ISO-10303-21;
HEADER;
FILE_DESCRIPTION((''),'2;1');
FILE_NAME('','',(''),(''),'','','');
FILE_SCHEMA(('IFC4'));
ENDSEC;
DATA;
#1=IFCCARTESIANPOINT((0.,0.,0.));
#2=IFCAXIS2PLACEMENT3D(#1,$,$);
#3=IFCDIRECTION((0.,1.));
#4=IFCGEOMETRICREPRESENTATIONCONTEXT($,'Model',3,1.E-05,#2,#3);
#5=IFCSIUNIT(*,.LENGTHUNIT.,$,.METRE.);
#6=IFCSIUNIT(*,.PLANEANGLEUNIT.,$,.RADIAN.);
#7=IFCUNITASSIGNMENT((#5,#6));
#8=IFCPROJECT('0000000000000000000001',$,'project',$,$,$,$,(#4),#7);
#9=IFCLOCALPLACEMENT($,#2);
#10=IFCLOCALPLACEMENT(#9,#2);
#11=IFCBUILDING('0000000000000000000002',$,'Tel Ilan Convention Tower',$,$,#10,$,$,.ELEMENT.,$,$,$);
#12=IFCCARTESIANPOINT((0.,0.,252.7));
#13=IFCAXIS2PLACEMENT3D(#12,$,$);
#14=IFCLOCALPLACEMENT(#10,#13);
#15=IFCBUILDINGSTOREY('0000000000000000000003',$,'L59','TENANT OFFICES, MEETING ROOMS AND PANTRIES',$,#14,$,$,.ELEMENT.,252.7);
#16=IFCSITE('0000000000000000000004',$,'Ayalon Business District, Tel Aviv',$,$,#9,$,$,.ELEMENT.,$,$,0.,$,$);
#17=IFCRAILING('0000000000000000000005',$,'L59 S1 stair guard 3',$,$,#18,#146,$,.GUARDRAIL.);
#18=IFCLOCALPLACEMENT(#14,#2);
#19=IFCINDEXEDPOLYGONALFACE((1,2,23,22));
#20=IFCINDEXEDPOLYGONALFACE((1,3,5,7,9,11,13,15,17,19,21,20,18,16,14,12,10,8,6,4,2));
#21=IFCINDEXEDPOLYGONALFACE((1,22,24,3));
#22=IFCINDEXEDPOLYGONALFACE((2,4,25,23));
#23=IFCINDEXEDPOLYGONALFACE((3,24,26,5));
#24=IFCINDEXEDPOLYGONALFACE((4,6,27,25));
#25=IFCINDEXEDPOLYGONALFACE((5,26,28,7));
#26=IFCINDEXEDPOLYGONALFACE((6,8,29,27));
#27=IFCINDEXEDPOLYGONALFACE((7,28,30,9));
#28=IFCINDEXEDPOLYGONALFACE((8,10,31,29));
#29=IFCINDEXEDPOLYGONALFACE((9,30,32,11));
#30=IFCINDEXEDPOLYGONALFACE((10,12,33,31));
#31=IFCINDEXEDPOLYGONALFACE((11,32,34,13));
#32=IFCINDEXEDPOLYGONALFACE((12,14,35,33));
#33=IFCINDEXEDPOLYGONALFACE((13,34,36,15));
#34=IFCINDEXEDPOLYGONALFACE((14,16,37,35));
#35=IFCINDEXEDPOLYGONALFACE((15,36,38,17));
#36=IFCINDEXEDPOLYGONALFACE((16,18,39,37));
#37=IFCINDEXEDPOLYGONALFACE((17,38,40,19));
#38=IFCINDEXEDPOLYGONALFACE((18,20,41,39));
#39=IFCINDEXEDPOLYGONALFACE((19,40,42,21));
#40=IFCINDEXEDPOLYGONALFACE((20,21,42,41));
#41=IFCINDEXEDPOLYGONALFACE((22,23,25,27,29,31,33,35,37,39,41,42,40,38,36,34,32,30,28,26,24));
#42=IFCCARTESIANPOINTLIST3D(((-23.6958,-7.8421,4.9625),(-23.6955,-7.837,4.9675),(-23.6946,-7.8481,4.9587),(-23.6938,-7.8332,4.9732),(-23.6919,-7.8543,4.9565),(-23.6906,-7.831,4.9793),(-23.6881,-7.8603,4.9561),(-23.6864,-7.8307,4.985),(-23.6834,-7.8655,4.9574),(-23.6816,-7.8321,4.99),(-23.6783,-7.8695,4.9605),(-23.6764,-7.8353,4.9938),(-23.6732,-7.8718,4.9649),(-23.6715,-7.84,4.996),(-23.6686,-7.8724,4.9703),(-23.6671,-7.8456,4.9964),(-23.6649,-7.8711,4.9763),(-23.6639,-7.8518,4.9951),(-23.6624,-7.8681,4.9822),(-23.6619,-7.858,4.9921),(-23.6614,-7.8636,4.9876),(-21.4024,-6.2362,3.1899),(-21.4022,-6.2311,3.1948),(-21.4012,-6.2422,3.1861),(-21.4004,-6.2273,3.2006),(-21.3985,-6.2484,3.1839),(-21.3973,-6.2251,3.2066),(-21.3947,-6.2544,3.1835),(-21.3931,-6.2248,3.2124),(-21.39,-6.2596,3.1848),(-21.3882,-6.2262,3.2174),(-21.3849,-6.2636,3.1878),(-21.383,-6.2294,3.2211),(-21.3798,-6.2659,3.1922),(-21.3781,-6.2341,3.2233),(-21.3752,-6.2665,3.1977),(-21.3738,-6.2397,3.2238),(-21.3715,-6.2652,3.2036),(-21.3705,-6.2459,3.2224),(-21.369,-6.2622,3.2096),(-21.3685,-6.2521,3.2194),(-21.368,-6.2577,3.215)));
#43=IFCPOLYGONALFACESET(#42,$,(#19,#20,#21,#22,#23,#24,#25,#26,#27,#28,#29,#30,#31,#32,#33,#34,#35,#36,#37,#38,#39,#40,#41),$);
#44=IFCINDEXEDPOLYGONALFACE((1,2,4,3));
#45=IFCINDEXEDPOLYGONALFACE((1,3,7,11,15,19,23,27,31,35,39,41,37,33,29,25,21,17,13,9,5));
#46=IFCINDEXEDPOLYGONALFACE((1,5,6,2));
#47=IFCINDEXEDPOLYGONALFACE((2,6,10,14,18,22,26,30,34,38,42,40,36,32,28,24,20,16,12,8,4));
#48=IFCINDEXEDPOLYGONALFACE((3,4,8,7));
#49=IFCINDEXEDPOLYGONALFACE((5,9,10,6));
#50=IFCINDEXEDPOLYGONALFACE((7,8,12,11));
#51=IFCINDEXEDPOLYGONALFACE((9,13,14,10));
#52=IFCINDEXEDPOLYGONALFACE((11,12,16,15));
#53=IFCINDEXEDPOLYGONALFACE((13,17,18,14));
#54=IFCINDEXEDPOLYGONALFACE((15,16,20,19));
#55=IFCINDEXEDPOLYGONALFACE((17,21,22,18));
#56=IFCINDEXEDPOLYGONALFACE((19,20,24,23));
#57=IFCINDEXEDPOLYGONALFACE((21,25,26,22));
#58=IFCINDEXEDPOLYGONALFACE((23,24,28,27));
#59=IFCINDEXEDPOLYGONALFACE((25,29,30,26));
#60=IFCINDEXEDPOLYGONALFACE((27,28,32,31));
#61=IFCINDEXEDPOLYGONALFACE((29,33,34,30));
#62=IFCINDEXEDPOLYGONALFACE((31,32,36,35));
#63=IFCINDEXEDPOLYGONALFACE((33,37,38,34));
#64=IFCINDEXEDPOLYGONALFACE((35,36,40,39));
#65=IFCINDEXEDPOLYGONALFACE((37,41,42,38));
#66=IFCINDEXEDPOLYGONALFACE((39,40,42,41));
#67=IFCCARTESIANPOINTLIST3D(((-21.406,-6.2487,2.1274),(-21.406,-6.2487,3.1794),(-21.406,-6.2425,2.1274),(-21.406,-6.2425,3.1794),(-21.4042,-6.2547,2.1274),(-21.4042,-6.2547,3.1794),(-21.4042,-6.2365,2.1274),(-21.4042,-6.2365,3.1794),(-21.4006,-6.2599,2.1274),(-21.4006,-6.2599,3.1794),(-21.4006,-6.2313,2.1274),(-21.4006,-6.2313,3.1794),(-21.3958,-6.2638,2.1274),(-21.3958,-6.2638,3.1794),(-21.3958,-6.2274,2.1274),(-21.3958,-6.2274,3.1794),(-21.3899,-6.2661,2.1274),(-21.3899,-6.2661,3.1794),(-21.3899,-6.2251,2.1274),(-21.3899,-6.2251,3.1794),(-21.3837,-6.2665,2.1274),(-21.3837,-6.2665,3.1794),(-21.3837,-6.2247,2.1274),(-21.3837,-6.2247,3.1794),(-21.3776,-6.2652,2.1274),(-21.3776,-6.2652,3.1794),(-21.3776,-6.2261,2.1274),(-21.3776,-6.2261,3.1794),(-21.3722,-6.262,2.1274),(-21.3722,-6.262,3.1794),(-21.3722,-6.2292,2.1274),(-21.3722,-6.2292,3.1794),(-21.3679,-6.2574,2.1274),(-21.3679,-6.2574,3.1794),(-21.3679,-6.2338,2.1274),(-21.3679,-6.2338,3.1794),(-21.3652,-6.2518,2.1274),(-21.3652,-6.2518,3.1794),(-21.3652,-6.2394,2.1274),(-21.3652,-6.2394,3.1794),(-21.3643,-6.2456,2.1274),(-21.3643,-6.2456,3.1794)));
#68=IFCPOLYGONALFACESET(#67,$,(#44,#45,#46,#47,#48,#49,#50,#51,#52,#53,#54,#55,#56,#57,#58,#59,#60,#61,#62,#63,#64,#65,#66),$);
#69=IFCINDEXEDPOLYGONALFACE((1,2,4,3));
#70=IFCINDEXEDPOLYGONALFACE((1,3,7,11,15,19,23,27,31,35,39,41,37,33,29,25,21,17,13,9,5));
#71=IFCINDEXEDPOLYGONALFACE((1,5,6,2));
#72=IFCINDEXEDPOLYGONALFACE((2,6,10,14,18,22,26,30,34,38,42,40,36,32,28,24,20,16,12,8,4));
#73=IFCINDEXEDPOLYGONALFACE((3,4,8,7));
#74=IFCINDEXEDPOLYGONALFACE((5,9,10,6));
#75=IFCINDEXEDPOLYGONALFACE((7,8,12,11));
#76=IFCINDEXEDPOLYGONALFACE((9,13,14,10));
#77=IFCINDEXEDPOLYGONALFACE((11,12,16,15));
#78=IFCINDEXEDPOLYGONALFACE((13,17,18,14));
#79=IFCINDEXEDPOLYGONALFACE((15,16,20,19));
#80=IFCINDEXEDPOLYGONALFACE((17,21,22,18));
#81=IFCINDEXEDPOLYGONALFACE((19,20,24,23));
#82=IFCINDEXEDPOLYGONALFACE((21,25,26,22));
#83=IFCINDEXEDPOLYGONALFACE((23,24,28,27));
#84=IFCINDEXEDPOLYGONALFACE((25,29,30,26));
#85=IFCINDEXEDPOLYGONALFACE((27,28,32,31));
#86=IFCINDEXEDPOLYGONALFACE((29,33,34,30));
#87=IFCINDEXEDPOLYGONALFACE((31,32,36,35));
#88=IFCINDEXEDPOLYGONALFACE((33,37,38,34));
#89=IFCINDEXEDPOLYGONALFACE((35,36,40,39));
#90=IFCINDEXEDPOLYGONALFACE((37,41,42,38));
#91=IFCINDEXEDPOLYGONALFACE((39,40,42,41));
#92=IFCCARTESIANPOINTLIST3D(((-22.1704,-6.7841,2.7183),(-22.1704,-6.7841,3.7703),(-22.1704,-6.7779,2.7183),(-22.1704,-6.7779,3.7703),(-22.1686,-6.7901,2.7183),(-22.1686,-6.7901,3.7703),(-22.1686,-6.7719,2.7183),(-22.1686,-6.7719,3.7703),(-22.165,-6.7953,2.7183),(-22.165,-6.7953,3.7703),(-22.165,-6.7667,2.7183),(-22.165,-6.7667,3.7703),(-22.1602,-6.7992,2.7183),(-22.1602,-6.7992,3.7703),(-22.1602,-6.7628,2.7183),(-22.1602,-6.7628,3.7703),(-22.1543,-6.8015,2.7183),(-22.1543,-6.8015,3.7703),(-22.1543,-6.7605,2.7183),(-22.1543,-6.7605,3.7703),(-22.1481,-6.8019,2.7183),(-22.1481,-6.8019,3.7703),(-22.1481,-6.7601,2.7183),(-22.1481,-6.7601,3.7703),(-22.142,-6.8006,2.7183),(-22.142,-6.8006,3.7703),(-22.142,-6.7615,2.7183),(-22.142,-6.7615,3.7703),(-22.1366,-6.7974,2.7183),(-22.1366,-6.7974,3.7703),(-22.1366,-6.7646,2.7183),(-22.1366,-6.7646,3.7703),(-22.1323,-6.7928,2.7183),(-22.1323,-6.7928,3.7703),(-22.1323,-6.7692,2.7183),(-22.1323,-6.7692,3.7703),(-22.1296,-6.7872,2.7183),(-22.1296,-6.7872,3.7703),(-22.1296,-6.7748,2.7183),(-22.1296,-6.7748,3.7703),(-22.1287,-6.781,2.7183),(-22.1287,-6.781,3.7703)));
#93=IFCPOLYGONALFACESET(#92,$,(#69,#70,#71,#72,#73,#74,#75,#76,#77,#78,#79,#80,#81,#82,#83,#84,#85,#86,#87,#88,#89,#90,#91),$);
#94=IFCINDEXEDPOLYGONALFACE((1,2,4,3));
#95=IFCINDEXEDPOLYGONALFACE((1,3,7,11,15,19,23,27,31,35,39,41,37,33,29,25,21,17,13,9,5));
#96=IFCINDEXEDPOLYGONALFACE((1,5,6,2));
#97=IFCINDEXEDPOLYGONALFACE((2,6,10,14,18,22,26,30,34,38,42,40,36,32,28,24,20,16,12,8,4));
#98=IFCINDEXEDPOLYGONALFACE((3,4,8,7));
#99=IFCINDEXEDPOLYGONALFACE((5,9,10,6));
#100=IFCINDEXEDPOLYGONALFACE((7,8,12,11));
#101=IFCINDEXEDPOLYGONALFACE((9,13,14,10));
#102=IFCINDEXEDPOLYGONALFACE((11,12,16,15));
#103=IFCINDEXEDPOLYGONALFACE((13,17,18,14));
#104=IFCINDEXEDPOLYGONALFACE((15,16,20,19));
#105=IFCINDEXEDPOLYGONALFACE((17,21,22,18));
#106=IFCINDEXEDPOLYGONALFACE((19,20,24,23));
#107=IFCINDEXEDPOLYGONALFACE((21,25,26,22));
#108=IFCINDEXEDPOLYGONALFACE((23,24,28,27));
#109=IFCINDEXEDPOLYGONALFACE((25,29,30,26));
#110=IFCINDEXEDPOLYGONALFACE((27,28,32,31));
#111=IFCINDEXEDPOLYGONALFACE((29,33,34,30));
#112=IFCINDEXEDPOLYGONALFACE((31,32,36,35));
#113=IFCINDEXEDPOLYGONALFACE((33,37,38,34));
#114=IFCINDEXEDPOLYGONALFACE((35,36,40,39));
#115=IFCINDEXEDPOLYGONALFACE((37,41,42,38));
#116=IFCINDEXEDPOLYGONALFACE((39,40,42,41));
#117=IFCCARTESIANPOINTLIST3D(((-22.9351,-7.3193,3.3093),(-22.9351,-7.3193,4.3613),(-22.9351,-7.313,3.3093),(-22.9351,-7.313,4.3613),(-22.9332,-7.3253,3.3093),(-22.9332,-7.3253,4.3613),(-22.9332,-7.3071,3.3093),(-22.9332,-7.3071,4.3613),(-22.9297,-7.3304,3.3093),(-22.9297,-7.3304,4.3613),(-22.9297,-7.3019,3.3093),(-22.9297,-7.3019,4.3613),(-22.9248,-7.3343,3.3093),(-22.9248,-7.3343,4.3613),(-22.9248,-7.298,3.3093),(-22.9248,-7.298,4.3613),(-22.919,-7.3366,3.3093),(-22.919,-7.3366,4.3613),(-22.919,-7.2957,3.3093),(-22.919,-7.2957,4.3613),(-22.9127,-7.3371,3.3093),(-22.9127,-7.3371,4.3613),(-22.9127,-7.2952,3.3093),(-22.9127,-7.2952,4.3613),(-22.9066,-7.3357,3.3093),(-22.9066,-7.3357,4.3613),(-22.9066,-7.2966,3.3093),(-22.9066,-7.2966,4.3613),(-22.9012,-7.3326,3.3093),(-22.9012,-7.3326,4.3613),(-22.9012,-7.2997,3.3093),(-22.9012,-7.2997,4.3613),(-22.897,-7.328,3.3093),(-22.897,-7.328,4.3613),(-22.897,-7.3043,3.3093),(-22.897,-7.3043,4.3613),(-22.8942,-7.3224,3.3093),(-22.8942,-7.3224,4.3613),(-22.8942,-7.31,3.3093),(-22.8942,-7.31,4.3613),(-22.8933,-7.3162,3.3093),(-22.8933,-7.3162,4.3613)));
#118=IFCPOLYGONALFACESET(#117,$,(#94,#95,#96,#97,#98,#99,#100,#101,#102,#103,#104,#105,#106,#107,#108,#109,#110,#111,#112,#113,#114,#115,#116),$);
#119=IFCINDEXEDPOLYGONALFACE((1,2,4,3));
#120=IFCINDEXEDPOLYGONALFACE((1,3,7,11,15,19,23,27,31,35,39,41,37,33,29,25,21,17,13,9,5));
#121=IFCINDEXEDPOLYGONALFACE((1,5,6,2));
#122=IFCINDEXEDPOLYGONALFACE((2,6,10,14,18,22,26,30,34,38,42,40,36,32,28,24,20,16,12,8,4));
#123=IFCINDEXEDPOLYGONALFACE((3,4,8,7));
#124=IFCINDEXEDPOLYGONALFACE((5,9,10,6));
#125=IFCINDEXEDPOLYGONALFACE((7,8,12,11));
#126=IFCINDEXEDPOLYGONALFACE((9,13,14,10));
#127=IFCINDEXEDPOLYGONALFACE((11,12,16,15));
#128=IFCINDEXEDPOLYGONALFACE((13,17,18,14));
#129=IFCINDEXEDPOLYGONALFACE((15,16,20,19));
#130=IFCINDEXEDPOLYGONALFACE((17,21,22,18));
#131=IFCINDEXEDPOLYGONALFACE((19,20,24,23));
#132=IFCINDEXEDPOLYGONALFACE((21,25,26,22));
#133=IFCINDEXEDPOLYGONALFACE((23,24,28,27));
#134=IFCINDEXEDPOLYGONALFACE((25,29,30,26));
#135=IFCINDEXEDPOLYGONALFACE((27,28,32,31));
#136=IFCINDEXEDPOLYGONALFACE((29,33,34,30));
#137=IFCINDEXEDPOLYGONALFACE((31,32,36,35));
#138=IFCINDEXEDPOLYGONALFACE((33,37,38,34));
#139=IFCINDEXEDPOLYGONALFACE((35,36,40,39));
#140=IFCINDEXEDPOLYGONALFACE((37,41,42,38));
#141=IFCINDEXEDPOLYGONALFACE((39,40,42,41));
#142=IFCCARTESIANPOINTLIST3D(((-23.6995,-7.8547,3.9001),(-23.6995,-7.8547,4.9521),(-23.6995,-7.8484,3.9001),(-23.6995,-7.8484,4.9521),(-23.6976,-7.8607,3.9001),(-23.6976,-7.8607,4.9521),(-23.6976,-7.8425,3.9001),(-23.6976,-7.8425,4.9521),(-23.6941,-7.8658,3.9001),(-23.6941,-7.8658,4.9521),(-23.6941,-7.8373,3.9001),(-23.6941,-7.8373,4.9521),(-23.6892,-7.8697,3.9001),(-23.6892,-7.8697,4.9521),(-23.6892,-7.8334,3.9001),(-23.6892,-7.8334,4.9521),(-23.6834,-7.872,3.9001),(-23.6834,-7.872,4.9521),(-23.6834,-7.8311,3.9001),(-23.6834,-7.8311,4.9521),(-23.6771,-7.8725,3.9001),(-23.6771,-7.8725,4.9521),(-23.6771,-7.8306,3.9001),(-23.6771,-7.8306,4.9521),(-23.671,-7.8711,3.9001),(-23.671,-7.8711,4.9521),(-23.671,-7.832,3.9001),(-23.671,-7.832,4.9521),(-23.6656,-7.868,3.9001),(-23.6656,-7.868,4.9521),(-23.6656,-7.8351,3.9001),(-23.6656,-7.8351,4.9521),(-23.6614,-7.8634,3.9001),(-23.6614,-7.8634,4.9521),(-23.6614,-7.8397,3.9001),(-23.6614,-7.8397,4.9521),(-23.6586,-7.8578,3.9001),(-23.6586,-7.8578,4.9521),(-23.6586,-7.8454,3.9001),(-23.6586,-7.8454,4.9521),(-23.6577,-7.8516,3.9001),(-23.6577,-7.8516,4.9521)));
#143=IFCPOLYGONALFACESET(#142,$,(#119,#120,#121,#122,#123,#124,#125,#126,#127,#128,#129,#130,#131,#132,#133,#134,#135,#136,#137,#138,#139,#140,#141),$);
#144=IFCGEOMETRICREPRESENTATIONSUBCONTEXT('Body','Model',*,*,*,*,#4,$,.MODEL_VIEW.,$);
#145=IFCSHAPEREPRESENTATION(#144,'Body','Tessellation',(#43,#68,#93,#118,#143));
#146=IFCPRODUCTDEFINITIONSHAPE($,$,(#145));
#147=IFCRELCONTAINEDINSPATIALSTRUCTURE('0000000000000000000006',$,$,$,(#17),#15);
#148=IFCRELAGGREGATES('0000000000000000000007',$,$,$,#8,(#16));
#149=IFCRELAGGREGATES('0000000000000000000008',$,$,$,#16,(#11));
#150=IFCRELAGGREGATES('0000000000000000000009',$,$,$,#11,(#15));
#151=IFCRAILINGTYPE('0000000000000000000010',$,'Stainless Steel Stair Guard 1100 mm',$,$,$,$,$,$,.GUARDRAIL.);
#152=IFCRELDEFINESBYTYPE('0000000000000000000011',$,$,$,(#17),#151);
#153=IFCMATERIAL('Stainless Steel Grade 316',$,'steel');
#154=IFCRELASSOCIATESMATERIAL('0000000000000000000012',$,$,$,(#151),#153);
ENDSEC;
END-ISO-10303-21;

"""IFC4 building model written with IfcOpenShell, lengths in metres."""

from ifc_helpers import new_model, si_unit, direction, frame, origin, origin_2d, place, context, subcontext, project, spatial, circle, extrude, material, type_object, element, save


model = new_model("IFC4")

# Units and contexts
model_context = context("Model", 3, precision=1e-05, world=origin(), true_north=direction((0.0, 1.0)))
body_context = subcontext(model_context, "Body", "Model", "MODEL_VIEW")
ifc_project = project(units=[si_unit("LENGTHUNIT", "METRE"), si_unit("PLANEANGLEUNIT", "RADIAN")], contexts=[model_context])

# Site, building, storey
site_placement = place(None, origin())
site = spatial("IfcSite", under=ifc_project, at=site_placement, Name="Ayalon Business District, Tel Aviv", CompositionType="ELEMENT", RefElevation=0.0)
building_placement = place(site_placement, origin())
building = spatial("IfcBuilding", under=site, at=building_placement, Name="Tel Ilan Convention Tower", CompositionType="ELEMENT")
storey_placement = place(building_placement, frame((0.0, 0.0, 252.7)))
storey = spatial("IfcBuildingStorey", under=building, at=storey_placement, Name="L59", Description="TENANT OFFICES, MEETING ROOMS AND PANTRIES", CompositionType="ELEMENT", Elevation=252.7)

# Railing
ifc_material_1 = material(Name="Stainless Steel Grade 316", Category="steel")
railing_type_1 = type_object("IfcRailingType", Name="Stainless Steel Stair Guard 1100 mm", PredefinedType="GUARDRAIL", material=ifc_material_1)
railing_1_placement = place(storey_placement, frame((-21.3853, -6.2456, 2.1274)))
element("IfcRailing", 1, at=railing_1_placement, inside=storey, type_object=railing_type_1, Name="L59 S1 stair guard 3", PredefinedType="GUARDRAIL", context=body_context, shape_type="SweptSolid", body=[
    extrude(circle(Radius=0.0239, at=origin_2d()), frame((0.0, 0.0, 1.0762), z_axis=(-0.692085, -0.484621, 0.53494), x_axis=(0.573591, -0.819142, 0.0)), (0.0, 0.0, 1.0), 3.3137),
    extrude(circle(Radius=0.021, at=origin_2d()), origin(), (0.0, 0.0, 1.0), 1.052),
    extrude(circle(Radius=0.021, at=origin_2d()), frame((-0.7644, -0.5354, 0.5908)), (0.0, 0.0, 1.0), 1.052),
    extrude(circle(Radius=0.021, at=origin_2d()), frame((-1.5291, -1.0706, 1.1819)), (0.0, 0.0, 1.0), 1.052),
    extrude(circle(Radius=0.021, at=origin_2d()), frame((-2.2935, -1.606, 1.7727)), (0.0, 0.0, 1.0), 1.052),
])

save(model, "model.ifc")
